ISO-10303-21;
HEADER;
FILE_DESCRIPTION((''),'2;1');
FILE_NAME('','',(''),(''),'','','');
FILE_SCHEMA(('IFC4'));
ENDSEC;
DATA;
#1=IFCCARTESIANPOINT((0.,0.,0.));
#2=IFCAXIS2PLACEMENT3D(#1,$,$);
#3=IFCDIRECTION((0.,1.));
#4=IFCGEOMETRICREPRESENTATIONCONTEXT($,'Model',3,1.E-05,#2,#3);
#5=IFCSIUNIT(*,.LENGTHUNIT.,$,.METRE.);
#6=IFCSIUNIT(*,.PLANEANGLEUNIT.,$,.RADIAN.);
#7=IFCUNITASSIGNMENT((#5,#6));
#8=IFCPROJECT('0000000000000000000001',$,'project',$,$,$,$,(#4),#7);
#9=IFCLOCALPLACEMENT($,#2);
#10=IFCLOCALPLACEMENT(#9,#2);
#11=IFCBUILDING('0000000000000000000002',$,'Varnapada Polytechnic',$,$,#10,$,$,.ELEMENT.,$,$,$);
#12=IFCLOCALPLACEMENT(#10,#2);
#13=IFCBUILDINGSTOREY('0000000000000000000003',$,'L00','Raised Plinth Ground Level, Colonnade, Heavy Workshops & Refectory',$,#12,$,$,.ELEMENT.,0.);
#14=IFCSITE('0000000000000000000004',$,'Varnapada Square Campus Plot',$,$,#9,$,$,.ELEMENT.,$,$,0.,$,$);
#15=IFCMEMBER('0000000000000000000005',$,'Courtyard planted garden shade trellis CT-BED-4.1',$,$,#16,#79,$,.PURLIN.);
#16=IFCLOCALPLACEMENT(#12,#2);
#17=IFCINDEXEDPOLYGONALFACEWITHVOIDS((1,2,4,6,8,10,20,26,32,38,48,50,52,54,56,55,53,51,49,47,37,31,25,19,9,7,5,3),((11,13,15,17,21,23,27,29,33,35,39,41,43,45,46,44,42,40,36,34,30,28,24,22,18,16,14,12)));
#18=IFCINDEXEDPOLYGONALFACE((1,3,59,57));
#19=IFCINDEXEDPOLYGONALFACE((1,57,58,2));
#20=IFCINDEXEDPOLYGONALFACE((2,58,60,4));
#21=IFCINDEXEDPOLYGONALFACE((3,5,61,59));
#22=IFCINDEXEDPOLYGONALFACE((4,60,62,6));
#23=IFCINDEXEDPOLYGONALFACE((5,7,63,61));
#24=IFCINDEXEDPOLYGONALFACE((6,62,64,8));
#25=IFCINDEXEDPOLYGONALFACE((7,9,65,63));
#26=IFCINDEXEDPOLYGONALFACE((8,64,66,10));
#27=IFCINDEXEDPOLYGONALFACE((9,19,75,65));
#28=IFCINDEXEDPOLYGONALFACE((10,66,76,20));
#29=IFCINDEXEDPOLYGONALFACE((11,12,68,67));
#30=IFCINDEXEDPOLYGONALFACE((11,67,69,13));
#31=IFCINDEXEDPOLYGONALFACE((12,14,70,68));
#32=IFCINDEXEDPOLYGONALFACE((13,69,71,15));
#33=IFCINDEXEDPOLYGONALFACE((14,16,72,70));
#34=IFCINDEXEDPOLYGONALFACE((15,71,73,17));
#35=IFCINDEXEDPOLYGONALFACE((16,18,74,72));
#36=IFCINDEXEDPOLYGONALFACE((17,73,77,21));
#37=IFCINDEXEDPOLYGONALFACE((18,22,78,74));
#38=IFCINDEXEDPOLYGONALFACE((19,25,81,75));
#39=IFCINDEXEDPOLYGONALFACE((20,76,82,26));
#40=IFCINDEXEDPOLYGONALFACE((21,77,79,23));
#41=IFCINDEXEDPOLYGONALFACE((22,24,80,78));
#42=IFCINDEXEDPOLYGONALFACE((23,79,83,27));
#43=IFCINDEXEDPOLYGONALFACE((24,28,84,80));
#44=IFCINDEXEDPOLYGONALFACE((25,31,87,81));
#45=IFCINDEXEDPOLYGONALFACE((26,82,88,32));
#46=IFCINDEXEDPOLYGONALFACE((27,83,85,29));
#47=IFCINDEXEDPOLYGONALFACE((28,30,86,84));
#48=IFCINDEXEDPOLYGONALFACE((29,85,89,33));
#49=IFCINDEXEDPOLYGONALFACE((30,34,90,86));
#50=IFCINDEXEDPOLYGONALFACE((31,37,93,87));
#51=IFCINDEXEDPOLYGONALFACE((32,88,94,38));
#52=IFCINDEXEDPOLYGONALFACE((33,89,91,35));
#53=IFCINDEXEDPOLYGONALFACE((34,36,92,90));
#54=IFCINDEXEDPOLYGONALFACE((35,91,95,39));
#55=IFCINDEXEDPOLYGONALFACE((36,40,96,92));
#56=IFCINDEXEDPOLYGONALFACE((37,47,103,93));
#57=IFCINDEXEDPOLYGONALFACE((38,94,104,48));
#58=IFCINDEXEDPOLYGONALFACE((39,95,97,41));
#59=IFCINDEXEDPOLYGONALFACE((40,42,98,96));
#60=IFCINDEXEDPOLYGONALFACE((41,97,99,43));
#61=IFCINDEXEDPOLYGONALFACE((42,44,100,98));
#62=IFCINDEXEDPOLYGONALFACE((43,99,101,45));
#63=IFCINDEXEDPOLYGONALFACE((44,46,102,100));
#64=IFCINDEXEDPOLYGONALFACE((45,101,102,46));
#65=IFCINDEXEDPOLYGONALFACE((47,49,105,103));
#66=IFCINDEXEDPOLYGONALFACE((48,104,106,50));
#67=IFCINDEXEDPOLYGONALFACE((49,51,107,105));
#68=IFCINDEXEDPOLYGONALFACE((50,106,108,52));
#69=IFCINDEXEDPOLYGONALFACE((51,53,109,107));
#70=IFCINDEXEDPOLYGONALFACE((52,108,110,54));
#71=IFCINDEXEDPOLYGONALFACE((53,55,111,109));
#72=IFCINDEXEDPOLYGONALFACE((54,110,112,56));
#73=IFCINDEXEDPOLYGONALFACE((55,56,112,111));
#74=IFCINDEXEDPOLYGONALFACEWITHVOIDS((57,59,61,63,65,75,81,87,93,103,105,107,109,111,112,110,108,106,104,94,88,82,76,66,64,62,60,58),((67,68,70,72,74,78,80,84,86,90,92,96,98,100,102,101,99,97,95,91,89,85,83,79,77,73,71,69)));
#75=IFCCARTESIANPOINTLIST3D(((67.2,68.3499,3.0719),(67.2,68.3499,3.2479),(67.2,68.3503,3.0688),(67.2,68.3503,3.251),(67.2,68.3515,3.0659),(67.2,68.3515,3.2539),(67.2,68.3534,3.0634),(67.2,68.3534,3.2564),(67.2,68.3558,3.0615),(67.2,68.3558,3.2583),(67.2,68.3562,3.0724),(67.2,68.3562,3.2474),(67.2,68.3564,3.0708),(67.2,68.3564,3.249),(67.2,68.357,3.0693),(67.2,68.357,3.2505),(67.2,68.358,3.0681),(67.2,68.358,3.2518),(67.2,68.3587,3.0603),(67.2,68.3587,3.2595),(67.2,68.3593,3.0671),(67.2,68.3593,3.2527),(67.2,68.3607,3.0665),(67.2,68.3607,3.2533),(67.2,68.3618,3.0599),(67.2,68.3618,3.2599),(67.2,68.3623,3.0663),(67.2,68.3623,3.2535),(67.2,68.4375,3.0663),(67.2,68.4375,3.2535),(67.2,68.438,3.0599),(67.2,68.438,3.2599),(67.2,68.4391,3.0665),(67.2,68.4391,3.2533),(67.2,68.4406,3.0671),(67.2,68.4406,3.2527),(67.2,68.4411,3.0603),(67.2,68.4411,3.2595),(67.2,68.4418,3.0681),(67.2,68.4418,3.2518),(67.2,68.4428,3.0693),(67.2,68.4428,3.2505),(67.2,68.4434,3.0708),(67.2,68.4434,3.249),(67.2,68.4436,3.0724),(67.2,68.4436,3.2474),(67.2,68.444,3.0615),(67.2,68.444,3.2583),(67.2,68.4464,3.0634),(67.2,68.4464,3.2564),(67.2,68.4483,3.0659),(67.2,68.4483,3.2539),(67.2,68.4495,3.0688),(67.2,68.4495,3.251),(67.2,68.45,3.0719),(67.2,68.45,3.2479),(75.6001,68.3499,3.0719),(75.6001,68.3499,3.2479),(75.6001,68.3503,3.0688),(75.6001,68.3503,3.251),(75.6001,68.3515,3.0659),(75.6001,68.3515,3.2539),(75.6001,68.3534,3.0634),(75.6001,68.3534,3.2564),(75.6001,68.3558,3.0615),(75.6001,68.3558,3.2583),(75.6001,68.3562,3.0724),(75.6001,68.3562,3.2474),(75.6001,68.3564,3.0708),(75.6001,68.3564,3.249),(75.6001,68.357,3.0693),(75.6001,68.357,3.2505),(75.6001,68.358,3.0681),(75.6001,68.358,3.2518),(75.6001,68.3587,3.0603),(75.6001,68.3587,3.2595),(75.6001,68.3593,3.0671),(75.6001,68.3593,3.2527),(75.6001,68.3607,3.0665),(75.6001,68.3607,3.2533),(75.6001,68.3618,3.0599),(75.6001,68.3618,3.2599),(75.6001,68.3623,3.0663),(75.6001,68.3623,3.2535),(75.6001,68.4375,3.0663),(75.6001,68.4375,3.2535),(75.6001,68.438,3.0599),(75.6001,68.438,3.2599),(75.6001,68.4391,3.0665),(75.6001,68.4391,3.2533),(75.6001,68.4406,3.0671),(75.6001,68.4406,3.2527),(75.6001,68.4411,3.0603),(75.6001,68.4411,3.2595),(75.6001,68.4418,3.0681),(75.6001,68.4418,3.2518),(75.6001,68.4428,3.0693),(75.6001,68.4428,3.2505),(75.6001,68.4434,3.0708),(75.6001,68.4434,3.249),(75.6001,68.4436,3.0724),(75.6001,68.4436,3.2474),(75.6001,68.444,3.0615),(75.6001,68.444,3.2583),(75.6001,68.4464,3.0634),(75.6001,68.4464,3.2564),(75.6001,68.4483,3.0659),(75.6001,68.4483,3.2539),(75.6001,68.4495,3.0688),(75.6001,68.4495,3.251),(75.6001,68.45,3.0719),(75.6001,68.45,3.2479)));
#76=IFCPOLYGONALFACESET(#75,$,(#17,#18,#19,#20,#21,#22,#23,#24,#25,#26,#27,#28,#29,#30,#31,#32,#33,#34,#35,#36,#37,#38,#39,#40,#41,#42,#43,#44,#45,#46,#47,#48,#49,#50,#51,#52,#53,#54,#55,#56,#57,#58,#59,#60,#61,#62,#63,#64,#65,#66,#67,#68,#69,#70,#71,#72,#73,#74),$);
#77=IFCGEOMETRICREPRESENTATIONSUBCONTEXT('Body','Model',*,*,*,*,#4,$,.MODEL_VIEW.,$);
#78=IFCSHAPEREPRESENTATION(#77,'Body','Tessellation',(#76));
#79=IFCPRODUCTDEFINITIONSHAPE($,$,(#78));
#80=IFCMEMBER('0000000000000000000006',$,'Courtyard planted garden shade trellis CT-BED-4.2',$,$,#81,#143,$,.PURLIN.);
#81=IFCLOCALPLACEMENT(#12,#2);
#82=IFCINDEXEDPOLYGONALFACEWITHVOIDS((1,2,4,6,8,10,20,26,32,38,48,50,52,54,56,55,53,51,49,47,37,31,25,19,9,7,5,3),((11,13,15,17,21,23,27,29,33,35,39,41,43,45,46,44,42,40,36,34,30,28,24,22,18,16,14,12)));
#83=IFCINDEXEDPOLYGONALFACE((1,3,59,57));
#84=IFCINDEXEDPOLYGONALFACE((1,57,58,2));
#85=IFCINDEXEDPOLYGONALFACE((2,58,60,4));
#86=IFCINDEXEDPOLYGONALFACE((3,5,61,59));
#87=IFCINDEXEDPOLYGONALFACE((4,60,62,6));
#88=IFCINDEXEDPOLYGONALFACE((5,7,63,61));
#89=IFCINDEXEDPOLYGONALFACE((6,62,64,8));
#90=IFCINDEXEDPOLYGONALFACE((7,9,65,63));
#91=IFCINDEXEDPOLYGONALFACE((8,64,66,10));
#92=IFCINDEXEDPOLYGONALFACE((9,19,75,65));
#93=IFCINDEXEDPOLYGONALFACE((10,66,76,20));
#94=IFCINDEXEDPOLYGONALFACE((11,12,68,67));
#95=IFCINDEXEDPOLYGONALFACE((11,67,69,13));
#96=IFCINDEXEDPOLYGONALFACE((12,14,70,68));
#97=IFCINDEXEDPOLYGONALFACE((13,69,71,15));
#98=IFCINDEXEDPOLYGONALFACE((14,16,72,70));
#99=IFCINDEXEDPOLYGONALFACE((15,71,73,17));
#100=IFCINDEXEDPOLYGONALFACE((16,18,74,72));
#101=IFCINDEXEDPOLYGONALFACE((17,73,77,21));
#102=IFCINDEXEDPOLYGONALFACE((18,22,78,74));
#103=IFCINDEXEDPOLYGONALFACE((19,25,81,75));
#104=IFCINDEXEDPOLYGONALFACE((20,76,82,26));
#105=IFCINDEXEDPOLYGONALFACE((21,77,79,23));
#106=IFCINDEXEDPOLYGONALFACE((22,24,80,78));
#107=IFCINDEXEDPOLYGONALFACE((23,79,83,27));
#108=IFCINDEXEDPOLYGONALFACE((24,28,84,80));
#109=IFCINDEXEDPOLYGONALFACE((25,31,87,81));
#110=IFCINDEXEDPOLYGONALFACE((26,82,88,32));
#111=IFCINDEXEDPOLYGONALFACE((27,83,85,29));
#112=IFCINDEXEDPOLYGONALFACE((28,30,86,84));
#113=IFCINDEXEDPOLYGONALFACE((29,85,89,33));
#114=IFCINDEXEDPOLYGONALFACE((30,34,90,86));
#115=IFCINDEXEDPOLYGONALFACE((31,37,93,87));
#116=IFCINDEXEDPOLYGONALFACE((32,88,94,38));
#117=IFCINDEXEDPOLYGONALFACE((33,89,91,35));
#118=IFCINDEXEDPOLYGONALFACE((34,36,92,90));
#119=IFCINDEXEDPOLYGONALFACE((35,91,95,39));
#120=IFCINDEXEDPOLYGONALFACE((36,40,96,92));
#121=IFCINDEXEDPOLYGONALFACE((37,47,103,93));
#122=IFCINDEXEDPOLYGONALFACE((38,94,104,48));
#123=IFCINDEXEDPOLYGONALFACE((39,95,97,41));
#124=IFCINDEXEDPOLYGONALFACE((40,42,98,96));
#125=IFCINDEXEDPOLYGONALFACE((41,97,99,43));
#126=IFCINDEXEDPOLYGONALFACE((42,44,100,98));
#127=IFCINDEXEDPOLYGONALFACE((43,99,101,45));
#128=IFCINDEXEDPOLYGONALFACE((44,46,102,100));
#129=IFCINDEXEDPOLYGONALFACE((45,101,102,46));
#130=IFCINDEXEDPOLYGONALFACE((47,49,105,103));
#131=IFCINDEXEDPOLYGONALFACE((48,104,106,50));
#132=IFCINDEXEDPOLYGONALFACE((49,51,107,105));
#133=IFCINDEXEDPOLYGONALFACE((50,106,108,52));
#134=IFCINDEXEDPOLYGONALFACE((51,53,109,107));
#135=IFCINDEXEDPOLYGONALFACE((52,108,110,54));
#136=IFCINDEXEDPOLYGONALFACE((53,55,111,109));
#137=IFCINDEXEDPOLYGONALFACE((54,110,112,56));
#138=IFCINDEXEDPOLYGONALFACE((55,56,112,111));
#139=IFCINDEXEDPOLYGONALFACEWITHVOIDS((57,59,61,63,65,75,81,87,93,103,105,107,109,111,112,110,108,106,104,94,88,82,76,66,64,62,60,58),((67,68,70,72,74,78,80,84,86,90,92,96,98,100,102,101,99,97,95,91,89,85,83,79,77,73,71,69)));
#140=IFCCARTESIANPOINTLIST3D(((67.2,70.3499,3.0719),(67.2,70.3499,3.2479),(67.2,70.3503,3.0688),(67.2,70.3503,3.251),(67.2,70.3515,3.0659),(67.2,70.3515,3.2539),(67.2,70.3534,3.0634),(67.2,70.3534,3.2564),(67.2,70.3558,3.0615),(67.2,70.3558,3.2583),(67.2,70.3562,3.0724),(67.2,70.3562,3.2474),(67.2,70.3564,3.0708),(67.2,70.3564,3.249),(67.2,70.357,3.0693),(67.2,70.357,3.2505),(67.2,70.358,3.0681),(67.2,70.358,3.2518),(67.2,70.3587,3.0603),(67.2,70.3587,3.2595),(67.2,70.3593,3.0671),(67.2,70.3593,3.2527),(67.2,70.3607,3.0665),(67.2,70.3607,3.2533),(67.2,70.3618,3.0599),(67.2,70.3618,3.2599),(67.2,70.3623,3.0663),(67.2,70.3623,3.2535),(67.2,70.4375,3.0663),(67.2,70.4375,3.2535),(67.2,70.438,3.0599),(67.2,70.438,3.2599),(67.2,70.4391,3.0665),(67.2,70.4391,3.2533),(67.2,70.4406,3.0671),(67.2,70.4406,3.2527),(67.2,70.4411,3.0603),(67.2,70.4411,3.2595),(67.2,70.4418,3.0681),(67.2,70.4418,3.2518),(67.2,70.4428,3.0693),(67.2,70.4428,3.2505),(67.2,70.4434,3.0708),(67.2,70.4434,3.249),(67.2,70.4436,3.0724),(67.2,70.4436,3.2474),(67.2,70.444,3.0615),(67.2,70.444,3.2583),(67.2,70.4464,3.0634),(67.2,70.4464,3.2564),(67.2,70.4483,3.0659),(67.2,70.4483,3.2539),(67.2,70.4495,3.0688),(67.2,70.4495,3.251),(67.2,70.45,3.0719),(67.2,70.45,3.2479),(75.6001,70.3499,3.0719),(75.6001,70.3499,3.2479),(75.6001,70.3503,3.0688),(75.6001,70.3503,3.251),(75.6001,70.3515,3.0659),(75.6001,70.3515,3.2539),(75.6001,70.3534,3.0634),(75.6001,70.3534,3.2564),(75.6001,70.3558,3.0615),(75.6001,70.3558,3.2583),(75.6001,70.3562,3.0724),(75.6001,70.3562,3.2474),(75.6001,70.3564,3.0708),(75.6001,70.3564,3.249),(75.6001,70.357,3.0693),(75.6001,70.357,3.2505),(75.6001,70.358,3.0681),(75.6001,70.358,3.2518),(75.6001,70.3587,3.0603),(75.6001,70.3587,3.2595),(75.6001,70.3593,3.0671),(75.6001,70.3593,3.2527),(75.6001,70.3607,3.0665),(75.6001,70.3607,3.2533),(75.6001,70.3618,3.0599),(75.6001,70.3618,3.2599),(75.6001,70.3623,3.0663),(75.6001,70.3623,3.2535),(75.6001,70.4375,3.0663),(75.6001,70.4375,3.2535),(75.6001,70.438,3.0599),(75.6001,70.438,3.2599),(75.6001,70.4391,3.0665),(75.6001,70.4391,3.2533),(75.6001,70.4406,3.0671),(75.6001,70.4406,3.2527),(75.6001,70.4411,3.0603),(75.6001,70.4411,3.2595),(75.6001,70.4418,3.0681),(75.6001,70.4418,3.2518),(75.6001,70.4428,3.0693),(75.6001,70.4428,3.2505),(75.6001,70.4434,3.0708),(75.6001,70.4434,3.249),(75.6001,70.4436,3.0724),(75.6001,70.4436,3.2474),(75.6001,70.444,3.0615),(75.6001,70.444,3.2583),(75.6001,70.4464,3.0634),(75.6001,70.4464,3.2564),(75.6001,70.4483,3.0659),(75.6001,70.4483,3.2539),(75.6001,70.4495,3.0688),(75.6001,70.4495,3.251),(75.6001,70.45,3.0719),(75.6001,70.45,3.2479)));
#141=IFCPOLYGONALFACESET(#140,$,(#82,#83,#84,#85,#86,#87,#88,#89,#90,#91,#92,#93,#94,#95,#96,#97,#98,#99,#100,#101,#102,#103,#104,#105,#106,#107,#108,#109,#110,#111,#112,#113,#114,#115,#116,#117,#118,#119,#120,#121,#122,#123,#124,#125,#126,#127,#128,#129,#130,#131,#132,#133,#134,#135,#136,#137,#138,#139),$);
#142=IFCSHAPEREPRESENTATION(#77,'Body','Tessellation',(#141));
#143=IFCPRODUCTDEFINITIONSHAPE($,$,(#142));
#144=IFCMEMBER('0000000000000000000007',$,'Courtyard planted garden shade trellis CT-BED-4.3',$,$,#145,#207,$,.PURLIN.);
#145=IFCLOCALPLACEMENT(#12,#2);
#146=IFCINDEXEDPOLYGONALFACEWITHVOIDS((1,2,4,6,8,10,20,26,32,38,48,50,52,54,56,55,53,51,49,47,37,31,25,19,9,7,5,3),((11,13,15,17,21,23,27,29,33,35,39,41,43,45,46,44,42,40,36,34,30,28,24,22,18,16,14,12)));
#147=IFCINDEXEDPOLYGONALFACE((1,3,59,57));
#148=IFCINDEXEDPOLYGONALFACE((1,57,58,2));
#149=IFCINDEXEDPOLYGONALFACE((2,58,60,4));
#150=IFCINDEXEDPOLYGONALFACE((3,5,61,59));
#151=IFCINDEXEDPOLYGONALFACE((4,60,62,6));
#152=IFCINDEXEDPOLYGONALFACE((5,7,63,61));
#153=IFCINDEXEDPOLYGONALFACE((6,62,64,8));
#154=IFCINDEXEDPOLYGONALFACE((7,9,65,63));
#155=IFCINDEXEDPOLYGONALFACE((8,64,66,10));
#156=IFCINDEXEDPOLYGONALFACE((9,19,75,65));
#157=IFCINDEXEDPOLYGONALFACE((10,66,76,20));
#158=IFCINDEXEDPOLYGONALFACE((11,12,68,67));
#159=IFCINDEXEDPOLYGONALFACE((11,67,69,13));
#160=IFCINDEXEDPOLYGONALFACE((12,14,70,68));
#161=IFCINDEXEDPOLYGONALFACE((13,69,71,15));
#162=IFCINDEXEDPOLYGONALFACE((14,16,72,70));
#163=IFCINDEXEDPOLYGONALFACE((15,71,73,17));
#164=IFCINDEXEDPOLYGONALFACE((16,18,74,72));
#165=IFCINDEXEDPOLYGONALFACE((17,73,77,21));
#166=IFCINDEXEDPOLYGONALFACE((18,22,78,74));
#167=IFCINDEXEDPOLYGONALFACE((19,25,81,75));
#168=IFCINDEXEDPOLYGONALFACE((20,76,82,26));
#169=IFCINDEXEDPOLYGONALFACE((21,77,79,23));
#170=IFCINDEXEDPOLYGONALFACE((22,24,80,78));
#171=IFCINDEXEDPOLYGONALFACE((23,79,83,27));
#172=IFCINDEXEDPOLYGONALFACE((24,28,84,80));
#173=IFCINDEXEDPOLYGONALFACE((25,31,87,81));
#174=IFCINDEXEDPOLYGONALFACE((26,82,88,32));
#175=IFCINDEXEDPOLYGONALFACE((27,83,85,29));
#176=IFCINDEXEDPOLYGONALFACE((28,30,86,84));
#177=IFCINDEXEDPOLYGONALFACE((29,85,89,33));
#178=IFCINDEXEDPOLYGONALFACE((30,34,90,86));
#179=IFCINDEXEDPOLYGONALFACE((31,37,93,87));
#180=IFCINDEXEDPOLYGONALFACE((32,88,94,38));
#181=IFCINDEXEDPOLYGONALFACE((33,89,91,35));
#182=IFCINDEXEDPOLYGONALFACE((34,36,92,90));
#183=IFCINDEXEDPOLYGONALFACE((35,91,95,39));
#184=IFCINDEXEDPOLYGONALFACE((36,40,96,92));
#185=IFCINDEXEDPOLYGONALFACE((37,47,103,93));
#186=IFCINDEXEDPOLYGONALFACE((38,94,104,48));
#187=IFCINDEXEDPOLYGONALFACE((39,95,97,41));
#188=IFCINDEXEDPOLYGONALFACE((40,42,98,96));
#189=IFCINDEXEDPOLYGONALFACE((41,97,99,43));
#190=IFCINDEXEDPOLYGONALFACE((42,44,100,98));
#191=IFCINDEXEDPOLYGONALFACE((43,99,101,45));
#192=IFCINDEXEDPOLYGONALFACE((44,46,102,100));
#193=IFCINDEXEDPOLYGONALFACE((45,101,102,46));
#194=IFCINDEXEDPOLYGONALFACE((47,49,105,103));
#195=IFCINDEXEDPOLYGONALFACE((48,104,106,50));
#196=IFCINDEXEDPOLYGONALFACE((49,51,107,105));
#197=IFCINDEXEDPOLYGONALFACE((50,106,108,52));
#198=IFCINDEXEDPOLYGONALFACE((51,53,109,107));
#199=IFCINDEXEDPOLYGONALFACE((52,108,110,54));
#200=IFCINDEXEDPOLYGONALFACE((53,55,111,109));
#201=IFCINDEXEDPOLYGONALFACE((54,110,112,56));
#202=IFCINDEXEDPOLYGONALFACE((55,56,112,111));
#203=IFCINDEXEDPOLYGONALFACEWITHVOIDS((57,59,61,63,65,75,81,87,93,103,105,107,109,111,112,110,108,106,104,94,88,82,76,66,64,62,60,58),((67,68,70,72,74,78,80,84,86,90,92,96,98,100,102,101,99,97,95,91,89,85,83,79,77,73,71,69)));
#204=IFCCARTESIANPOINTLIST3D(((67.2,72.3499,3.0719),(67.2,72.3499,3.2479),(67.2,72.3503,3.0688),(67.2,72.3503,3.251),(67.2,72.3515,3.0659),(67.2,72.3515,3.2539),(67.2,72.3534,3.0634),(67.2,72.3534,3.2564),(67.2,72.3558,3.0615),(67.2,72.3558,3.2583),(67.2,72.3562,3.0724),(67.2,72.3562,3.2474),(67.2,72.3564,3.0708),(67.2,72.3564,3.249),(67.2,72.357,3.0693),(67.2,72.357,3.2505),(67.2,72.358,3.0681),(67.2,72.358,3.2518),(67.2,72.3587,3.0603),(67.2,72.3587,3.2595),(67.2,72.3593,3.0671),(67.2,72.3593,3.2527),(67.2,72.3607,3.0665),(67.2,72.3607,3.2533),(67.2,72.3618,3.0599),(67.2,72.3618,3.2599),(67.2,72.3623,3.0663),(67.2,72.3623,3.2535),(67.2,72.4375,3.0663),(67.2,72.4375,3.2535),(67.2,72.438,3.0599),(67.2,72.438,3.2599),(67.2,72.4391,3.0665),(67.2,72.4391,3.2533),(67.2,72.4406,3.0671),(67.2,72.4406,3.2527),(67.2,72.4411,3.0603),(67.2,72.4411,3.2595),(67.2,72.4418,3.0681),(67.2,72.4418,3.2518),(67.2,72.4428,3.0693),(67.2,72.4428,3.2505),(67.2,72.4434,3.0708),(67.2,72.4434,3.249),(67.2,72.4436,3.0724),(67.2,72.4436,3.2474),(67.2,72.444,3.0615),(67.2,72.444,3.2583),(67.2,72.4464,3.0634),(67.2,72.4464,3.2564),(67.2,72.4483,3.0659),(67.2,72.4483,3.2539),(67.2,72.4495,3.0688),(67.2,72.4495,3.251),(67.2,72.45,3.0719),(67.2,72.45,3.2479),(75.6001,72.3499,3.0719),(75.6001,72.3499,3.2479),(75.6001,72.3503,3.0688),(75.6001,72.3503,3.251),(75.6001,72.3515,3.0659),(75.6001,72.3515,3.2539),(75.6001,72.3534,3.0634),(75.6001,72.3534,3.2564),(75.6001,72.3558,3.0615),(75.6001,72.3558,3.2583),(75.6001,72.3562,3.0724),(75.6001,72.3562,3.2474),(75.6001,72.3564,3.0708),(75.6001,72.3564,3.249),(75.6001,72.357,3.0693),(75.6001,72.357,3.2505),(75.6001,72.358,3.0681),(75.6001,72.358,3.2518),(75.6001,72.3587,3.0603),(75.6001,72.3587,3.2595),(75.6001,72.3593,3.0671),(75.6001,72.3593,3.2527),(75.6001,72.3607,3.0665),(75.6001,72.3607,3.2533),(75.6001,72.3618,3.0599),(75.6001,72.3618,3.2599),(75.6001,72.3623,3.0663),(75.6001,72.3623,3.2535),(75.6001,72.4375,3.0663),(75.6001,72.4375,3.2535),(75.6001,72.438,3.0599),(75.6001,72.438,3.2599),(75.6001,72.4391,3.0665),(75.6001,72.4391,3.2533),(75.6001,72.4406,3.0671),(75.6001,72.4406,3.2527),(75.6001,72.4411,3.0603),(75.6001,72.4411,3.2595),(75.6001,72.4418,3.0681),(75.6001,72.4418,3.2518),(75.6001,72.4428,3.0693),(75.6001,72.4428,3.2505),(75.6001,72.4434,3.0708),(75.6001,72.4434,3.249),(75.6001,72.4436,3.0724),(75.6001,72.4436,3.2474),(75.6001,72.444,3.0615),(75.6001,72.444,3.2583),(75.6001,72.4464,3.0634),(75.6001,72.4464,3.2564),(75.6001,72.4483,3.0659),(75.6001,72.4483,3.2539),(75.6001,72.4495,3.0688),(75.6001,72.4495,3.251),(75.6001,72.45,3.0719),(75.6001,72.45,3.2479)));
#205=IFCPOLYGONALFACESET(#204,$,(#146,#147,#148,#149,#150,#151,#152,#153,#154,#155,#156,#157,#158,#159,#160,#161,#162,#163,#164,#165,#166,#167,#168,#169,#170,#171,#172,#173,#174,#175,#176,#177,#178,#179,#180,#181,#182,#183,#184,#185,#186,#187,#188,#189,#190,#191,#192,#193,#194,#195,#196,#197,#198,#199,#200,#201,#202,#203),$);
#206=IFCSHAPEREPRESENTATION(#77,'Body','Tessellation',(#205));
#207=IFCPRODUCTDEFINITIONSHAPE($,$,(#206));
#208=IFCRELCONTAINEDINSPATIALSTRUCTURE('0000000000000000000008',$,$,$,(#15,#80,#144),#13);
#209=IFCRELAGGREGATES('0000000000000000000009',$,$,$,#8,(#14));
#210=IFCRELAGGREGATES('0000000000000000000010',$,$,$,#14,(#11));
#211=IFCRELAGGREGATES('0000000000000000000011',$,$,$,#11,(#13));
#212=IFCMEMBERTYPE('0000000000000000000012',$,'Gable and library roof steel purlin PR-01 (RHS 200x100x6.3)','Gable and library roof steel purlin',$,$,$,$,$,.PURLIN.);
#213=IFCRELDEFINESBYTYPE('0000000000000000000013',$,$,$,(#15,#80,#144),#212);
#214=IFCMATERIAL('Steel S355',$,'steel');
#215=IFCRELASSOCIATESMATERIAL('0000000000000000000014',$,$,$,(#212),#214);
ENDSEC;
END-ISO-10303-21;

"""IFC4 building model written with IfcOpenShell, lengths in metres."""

from ifc_helpers import new_model, si_unit, direction, frame, origin, origin_2d, place, context, subcontext, project, spatial, hollow_rectangle, extrude, material, material_profile, profile_set, type_object, element, save


model = new_model("IFC4")

# Units and contexts
model_context = context("Model", 3, precision=1e-05, world=origin(), true_north=direction((0.0, 1.0)))
body_context = subcontext(model_context, "Body", "Model", "MODEL_VIEW")
ifc_project = project(units=[si_unit("LENGTHUNIT", "METRE"), si_unit("PLANEANGLEUNIT", "RADIAN")], contexts=[model_context])

# Site, building, storey
site_placement = place(None, origin())
site = spatial("IfcSite", under=ifc_project, at=site_placement, Name="Varnapada Square Campus Plot", CompositionType="ELEMENT", RefElevation=0.0)
building_placement = place(site_placement, origin())
building = spatial("IfcBuilding", under=site, at=building_placement, Name="Varnapada Polytechnic", CompositionType="ELEMENT")
storey_placement = place(building_placement, origin())
storey = spatial("IfcBuildingStorey", under=building, at=storey_placement, Name="L00", Description="Raised Plinth Ground Level, Colonnade, Heavy Workshops & Refectory", CompositionType="ELEMENT", Elevation=0.0)

# Members
ifc_material_1 = material(Name="Steel S355", Category="steel")
ifc_material_profile_1 = material_profile(ifc_material_1, hollow_rectangle(XDim=0.1001, YDim=0.2, WallThickness=0.0063, InnerFilletRadius=0.0061, OuterFilletRadius=0.012, at=origin_2d()), Name="RHS 200x100x6.3")
ifc_profile_set_1 = profile_set([ifc_material_profile_1], Name="Steel S355")
member_type_1 = type_object("IfcMemberType", Name="Gable and library roof steel purlin PR-01 (RHS 200x100x6.3)", Description="Gable and library roof steel purlin", PredefinedType="PURLIN", material=ifc_profile_set_1)
for number, where, z_axis, x_axis, name in (
    (1, (67.2, 68.3999, 3.1599), (1.0, 0.0, 0.0), (0.0, 1.0, 0.0), "Courtyard planted garden shade trellis CT-BED-4.1"),
    (2, (67.2, 70.3999, 3.1599), (1.0, 0.0, 0.0), (0.0, 1.0, 0.0), "Courtyard planted garden shade trellis CT-BED-4.2"),
    (3, (67.2, 72.3999, 3.1599), (1.0, 0.0, 0.0), (0.0, 1.0, 0.0), "Courtyard planted garden shade trellis CT-BED-4.3"),
):
    element("IfcMember", number, at=place(storey_placement, frame(where, z_axis=z_axis, x_axis=x_axis)), inside=storey, type_object=member_type_1, Name=name, PredefinedType="PURLIN", context=body_context, shape_type="SweptSolid", body=[
        extrude(hollow_rectangle(XDim=0.1001, YDim=0.2, WallThickness=0.0063, InnerFilletRadius=0.0061, OuterFilletRadius=0.012, at=origin_2d()), origin(), (0.0, 0.0, 1.0), 8.4001),
    ])

save(model, "model.ifc")
